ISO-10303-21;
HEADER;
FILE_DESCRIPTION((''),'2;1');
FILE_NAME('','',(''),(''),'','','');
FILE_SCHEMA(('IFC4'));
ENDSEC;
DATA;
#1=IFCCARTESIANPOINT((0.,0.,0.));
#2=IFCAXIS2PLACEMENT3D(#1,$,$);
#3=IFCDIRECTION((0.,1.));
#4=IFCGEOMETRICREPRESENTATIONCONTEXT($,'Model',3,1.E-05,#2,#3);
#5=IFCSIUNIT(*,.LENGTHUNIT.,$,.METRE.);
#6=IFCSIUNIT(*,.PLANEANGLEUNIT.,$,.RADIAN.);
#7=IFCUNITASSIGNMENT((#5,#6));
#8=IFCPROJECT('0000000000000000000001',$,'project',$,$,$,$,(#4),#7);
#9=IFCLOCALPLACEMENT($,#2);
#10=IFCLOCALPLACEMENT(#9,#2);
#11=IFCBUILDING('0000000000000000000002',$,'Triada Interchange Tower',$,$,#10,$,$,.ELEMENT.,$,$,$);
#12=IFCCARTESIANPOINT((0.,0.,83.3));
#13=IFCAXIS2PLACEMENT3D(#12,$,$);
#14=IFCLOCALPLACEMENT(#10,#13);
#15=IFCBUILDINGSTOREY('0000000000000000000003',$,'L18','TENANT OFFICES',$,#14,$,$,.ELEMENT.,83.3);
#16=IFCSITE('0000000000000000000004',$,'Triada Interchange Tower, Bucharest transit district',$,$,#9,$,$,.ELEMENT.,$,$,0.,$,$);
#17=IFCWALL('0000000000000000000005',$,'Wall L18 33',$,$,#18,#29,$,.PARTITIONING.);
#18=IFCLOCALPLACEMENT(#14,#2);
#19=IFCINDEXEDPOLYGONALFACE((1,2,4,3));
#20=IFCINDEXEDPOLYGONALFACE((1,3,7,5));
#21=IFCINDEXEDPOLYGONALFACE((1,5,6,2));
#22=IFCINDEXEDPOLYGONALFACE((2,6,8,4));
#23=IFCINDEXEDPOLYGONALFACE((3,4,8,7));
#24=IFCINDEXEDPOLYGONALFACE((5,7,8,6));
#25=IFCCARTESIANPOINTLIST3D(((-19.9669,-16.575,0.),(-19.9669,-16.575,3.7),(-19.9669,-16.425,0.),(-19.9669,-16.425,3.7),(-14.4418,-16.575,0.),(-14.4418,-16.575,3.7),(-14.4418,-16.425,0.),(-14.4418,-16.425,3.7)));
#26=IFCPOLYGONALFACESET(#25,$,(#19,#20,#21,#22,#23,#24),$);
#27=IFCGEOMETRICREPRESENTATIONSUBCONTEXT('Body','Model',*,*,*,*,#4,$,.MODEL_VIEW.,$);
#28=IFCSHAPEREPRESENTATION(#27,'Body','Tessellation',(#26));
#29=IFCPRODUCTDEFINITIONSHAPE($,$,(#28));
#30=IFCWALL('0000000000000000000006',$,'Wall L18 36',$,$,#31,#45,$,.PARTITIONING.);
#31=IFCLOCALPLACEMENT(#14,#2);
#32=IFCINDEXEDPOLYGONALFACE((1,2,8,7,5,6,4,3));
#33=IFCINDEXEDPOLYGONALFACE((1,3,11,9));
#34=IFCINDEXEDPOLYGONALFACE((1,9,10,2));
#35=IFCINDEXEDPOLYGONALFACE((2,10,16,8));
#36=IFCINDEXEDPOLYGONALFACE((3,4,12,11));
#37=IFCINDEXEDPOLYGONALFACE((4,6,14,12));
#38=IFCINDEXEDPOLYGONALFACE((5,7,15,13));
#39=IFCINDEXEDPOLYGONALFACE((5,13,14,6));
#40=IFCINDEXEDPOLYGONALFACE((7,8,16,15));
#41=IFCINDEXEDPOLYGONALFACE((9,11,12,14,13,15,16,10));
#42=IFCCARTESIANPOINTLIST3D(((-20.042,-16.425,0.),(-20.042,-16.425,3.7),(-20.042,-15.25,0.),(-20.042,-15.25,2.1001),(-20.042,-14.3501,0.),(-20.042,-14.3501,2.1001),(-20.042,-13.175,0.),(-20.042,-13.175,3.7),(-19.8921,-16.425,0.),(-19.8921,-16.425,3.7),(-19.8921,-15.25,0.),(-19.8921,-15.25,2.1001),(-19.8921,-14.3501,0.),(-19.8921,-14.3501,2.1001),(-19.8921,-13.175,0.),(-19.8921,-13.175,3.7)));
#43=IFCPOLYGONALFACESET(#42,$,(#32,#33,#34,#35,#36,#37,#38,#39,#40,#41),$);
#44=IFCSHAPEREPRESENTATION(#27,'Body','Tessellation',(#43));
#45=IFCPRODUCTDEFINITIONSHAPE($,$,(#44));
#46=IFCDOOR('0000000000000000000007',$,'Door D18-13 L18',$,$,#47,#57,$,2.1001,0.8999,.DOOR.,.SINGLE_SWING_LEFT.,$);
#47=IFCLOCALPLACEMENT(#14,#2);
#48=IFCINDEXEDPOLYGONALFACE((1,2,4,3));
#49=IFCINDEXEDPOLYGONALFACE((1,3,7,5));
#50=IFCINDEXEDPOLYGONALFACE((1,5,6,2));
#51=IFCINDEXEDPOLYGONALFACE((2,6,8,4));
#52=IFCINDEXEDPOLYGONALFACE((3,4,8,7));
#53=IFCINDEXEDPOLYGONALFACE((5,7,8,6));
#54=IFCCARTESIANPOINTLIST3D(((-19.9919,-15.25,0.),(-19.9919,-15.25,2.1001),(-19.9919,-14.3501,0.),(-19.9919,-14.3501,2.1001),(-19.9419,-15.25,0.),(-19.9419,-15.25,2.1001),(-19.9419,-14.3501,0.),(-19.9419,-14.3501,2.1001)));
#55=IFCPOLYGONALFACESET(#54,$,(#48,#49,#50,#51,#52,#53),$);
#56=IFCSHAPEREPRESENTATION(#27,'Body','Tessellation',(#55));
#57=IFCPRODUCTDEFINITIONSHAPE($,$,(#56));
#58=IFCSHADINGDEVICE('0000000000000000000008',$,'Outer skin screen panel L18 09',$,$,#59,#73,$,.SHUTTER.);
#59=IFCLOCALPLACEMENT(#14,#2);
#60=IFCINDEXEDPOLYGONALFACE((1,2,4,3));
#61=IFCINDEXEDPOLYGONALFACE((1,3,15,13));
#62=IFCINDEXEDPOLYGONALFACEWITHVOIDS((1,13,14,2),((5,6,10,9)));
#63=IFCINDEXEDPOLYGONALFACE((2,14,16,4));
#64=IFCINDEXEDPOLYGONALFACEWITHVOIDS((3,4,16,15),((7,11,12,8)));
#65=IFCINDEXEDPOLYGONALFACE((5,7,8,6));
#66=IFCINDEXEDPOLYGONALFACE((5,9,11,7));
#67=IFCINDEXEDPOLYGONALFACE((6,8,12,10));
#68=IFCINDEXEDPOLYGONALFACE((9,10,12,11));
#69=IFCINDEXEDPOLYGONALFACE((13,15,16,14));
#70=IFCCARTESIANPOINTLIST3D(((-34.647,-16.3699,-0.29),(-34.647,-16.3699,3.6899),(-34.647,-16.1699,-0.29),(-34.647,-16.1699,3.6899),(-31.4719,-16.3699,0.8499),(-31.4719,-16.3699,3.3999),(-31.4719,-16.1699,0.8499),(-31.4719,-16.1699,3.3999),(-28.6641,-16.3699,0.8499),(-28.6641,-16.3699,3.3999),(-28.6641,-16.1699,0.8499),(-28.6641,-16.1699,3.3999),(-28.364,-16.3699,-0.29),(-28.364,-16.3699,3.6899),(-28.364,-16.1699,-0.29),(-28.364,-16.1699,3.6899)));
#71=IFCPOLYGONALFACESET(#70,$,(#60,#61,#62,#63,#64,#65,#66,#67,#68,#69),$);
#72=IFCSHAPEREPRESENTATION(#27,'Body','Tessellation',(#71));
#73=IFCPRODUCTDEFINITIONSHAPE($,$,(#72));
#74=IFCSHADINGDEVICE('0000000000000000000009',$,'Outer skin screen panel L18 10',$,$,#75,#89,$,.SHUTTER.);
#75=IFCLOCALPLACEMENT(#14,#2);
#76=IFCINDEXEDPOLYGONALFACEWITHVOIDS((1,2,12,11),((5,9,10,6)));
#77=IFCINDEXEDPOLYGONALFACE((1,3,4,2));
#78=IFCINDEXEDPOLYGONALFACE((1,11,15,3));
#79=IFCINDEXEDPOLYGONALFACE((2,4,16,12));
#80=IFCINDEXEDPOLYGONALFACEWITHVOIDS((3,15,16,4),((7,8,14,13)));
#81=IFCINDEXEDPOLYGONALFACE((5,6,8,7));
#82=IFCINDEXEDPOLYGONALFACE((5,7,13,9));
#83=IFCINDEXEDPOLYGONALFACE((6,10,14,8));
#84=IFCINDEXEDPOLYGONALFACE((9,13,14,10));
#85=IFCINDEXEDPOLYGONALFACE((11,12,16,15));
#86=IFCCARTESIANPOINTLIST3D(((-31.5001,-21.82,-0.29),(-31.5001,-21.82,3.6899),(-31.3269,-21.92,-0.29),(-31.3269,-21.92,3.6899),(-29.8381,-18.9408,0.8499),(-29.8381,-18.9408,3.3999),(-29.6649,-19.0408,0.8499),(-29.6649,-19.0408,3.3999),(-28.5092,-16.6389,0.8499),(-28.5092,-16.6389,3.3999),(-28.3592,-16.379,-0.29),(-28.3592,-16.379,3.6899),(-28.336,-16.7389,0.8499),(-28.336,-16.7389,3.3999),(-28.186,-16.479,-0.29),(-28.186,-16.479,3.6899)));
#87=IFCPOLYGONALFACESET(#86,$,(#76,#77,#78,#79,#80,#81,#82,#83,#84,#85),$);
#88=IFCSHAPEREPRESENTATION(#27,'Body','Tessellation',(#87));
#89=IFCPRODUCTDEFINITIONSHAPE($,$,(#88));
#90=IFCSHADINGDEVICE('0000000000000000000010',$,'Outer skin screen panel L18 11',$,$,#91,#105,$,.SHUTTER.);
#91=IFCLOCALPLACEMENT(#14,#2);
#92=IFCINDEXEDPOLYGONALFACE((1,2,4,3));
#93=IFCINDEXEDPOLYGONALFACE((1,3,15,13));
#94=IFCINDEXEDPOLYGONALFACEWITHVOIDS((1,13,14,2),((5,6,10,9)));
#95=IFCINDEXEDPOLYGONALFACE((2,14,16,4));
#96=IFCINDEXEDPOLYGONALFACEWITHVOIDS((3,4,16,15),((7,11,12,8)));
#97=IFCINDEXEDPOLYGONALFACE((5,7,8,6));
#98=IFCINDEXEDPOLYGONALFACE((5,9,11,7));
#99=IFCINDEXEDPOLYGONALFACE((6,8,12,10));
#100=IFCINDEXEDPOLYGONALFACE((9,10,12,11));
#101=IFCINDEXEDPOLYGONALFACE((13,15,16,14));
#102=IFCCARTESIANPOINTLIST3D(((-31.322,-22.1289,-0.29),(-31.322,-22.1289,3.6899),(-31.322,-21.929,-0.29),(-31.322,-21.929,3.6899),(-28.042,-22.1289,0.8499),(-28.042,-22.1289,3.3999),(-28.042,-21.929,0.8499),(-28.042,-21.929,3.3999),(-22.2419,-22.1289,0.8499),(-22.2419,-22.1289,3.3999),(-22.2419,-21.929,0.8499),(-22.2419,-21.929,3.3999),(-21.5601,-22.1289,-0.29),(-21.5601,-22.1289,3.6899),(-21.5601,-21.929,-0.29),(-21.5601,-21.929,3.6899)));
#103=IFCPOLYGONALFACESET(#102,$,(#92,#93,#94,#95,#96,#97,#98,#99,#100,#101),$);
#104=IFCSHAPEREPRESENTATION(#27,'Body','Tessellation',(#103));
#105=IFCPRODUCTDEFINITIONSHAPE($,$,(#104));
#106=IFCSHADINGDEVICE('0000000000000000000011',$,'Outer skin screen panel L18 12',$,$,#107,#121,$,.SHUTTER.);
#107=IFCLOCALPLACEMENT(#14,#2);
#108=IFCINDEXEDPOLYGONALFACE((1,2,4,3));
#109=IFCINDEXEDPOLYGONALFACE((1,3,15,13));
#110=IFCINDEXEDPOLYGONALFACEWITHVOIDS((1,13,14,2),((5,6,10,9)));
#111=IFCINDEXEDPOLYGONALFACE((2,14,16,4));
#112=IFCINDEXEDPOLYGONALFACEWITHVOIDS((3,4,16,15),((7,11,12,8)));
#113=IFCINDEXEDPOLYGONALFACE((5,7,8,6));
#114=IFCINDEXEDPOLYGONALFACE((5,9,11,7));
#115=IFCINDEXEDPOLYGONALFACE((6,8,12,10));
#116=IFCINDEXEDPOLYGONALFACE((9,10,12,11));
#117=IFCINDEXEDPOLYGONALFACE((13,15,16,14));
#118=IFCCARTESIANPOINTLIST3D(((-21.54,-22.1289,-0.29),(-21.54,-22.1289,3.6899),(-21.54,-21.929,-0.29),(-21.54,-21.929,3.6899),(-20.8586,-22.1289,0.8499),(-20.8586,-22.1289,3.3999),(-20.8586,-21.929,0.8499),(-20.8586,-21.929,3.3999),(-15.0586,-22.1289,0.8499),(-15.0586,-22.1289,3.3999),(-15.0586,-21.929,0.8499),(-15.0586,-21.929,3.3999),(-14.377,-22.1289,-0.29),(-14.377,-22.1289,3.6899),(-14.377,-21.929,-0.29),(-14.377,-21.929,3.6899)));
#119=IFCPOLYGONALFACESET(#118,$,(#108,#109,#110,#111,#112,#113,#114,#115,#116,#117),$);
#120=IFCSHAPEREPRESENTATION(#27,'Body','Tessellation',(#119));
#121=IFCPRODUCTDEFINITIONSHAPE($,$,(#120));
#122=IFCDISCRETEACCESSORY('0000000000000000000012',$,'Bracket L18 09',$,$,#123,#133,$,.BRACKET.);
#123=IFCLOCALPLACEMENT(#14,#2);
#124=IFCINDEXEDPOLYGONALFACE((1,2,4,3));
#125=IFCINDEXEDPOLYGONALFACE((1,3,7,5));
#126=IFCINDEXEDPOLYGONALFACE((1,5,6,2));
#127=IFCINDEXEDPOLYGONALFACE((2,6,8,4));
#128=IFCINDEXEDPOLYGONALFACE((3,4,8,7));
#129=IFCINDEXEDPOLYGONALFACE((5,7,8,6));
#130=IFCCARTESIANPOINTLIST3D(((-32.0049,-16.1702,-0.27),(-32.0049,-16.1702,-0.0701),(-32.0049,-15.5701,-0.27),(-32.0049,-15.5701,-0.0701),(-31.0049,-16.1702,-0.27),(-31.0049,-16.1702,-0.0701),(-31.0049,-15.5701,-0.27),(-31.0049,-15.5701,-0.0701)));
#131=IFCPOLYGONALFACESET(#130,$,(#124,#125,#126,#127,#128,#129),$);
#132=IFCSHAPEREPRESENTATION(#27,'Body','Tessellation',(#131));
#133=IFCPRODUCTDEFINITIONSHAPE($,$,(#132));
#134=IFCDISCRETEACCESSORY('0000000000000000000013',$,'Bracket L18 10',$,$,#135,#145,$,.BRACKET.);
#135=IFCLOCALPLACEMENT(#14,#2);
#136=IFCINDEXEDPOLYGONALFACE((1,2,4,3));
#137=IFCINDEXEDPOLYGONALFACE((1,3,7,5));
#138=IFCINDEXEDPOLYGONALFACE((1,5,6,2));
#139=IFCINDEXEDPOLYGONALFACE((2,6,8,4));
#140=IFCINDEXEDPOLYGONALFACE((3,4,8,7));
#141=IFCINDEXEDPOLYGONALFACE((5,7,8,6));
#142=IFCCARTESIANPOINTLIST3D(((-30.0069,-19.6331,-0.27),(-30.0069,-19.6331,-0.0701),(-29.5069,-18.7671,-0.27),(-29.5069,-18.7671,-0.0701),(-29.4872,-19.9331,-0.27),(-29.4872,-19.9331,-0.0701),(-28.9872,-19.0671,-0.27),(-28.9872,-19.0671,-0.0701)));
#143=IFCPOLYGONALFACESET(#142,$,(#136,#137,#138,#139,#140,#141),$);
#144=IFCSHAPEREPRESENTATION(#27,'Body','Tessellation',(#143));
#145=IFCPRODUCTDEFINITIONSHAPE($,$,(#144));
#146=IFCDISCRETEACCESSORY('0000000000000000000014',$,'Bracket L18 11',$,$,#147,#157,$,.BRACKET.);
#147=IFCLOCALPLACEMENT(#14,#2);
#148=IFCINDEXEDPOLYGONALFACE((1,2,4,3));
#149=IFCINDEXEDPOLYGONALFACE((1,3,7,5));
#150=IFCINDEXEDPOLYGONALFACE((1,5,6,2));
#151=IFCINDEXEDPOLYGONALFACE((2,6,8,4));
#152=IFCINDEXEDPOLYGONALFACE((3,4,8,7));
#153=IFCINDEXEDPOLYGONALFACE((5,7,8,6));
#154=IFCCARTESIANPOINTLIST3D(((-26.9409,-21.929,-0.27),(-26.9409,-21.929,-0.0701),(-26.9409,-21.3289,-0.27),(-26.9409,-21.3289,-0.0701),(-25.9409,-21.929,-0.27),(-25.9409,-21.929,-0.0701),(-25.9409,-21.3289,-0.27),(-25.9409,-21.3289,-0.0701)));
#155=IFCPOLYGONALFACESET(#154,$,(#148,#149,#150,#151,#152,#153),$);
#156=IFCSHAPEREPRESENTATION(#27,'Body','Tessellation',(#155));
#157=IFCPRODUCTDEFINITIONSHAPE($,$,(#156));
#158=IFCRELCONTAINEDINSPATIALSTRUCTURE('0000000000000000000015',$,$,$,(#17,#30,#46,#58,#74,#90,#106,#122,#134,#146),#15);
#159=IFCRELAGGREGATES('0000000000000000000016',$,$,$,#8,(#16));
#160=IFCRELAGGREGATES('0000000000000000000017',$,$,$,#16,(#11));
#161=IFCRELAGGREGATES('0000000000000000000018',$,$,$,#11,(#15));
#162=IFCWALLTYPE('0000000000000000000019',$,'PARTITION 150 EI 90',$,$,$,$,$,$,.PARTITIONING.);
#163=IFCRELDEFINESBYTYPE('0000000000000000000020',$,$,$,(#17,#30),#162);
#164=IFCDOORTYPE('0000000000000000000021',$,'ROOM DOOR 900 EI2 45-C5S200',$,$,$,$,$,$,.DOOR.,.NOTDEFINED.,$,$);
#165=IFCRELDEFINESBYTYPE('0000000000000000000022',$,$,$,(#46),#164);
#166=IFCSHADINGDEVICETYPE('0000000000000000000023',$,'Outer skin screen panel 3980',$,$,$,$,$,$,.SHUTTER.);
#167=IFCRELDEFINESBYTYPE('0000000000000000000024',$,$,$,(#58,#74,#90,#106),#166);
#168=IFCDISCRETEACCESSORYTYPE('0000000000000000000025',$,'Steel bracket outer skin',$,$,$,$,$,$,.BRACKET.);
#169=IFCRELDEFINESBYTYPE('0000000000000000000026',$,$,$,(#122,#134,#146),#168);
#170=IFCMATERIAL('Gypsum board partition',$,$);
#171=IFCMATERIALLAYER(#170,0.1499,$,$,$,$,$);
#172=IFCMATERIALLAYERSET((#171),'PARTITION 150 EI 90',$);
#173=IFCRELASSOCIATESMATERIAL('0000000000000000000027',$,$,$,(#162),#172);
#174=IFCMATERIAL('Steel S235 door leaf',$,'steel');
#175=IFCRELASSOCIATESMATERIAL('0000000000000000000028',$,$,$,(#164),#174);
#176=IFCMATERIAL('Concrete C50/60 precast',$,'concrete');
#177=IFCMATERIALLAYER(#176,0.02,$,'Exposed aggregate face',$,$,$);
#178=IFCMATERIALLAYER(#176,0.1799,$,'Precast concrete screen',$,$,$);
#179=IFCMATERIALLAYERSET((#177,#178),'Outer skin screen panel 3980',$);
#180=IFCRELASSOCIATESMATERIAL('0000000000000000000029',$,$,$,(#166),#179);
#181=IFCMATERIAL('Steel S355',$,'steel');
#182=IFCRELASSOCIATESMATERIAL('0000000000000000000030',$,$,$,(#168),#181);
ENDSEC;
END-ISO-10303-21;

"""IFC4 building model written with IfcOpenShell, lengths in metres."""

from ifc_helpers import new_model, si_unit, direction, frame, frame_2d, origin, origin_2d, place, context, subcontext, project, spatial, polyline, rectangle, outline, extrude, material, layer, layer_set, type_object, element, fill, save


model = new_model("IFC4")

# Units and contexts
model_context = context("Model", 3, precision=1e-05, world=origin(), true_north=direction((0.0, 1.0)))
body_context = subcontext(model_context, "Body", "Model", "MODEL_VIEW")
ifc_project = project(units=[si_unit("LENGTHUNIT", "METRE"), si_unit("PLANEANGLEUNIT", "RADIAN")], contexts=[model_context])

# Site, building, storey
site_placement = place(None, origin())
site = spatial("IfcSite", under=ifc_project, at=site_placement, Name="Triada Interchange Tower, Bucharest transit district", CompositionType="ELEMENT", RefElevation=0.0)
building_placement = place(site_placement, origin())
building = spatial("IfcBuilding", under=site, at=building_placement, Name="Triada Interchange Tower", CompositionType="ELEMENT")
storey_placement = place(building_placement, frame((0.0, 0.0, 83.3)))
storey = spatial("IfcBuildingStorey", under=building, at=storey_placement, Name="L18", Description="TENANT OFFICES", CompositionType="ELEMENT", Elevation=83.3)

# Wall
ifc_material_1 = material(Name="Gypsum board partition")
ifc_layer_1 = layer(ifc_material_1, 0.1499)
ifc_layer_set_1 = layer_set([ifc_layer_1], Name="PARTITION 150 EI 90")
wall_type_1 = type_object("IfcWallType", Name="PARTITION 150 EI 90", PredefinedType="PARTITIONING", material=ifc_layer_set_1)
wall_1_placement = place(storey_placement, frame((-19.967, -16.5, 0.0), z_axis=(0.0, 0.0, 1.0), x_axis=(1.0, 0.0, 0.0)))
element("IfcWall", 1, at=wall_1_placement, inside=storey, type_object=wall_type_1, Name="Wall L18 33", PredefinedType="PARTITIONING", context=body_context, shape_type="SweptSolid", body=[
    extrude(rectangle(XDim=5.5251, YDim=0.1499, at=frame_2d((2.7627, 0.0))), origin(), (0.0, 0.0, 1.0), 3.7),
])

# Wall, opening, door
wall_2_placement = place(storey_placement, frame((-19.967, -16.425, 0.0), z_axis=(0.0, 0.0, 1.0), x_axis=(0.0, 1.0, 0.0)))
wall_2 = element("IfcWall", 2, at=wall_2_placement, inside=storey, type_object=wall_type_1, Name="Wall L18 36", PredefinedType="PARTITIONING", context=body_context, shape_type="SweptSolid", body=[
    extrude(rectangle(XDim=3.25, YDim=0.1499, at=frame_2d((1.625, 0.0))), origin(), (0.0, 0.0, 1.0), 3.7),
])
opening_1_placement = place(wall_2_placement, frame((1.175, 0.0, 0.0)))
opening_1 = element("IfcOpeningElement", 3, at=opening_1_placement, cuts=wall_2, PredefinedType="OPENING", context=body_context, shape_type="SweptSolid", body=[
    extrude(rectangle(XDim=0.8999, YDim=2.1001, at=frame_2d((0.45, 1.05))), frame((0.0, 0.085, 0.0), z_axis=(0.0, -1.0, 0.0), x_axis=(1.0, 0.0, 0.0)), (0.0, 0.0, 1.0), 0.1699),
])
ifc_material_2 = material(Name="Steel S235 door leaf", Category="steel")
door_type = type_object("IfcDoorType", Name="ROOM DOOR 900 EI2 45-C5S200", OperationType="NOTDEFINED", PredefinedType="DOOR", material=ifc_material_2)
door_placement = place(opening_1_placement, origin())
door = element("IfcDoor", 4, at=door_placement, inside=storey, type_object=door_type, Name="Door D18-13 L18", OperationType="SINGLE_SWING_LEFT", OverallHeight=2.1001, OverallWidth=0.8999, PredefinedType="DOOR", context=body_context, shape_type="SweptSolid", body=[
    extrude(rectangle(XDim=0.8999, YDim=2.1001, at=frame_2d((0.45, 1.05))), frame((0.0, 0.0249, 0.0), z_axis=(0.0, -1.0, 0.0), x_axis=(1.0, 0.0, 0.0)), (0.0, 0.0, 1.0), 0.05),
])
fill(opening_1, door)

# Shading devices
ifc_material_3 = material(Name="Concrete C50/60 precast", Category="concrete")
ifc_layer_2 = layer(ifc_material_3, 0.02, Name="Exposed aggregate face")
ifc_layer_3 = layer(ifc_material_3, 0.1799, Name="Precast concrete screen")
ifc_layer_set_2 = layer_set([ifc_layer_2, ifc_layer_3], Name="Outer skin screen panel 3980")
shading_device_type = type_object("IfcShadingDeviceType", Name="Outer skin screen panel 3980", PredefinedType="SHUTTER", material=ifc_layer_set_2)
shading_device_1_placement = place(storey_placement, frame((-34.647, -16.1699, -0.29), z_axis=(0.0, 0.0, 1.0), x_axis=(1.0, 0.0, 0.0)))
element("IfcShadingDevice", 5, at=shading_device_1_placement, inside=storey, type_object=shading_device_type, Name="Outer skin screen panel L18 09", PredefinedType="SHUTTER", context=body_context, shape_type="SweptSolid", body=[
    extrude(outline(polyline([(0.0, 0.0), (6.283, 0.0), (6.283, 3.98), (0.0, 3.98), (0.0, 0.0)]), holes=[polyline([(3.175, 1.1399), (3.175, 3.6899), (5.9829, 3.6899), (5.9829, 1.1399), (3.175, 1.1399)])]), frame((0.0, 0.0, 0.0), z_axis=(0.0, -1.0, 0.0), x_axis=(1.0, 0.0, 0.0)), (0.0, 0.0, 1.0), 0.2),
])
shading_device_2_placement = place(storey_placement, frame((-28.186, -16.479, -0.29), z_axis=(0.0, 0.0, 1.0), x_axis=(-0.499947, -0.866056, 0.0)))
element("IfcShadingDevice", 6, at=shading_device_2_placement, inside=storey, type_object=shading_device_type, Name="Outer skin screen panel L18 10", PredefinedType="SHUTTER", context=body_context, shape_type="SweptSolid", body=[
    extrude(outline(polyline([(0.0, 0.0), (6.2825, 0.0), (6.2825, 3.98), (0.0, 3.98), (0.0, 0.0)]), holes=[polyline([(0.3, 1.1399), (0.3, 3.6899), (2.958, 3.6899), (2.958, 1.1399), (0.3, 1.1399)])]), frame((0.0, 0.0, 0.0), z_axis=(0.0, -1.0, 0.0), x_axis=(1.0, 0.0, 0.0)), (0.0, 0.0, 1.0), 0.2),
])
shading_device_3_placement = place(storey_placement, frame((-31.322, -21.929, -0.29), z_axis=(0.0, 0.0, 1.0), x_axis=(1.0, 0.0, 0.0)))
element("IfcShadingDevice", 7, at=shading_device_3_placement, inside=storey, type_object=shading_device_type, Name="Outer skin screen panel L18 11", PredefinedType="SHUTTER", context=body_context, shape_type="SweptSolid", body=[
    extrude(outline(polyline([(0.0, 0.0), (9.762, 0.0), (9.762, 3.98), (0.0, 3.98), (0.0, 0.0)]), holes=[polyline([(3.28, 1.1399), (3.28, 3.6899), (9.0801, 3.6899), (9.0801, 1.1399), (3.28, 1.1399)])]), frame((0.0, 0.0, 0.0), z_axis=(0.0, -1.0, 0.0), x_axis=(1.0, 0.0, 0.0)), (0.0, 0.0, 1.0), 0.2),
])
shading_device_4_placement = place(storey_placement, frame((-21.54, -21.929, -0.29), z_axis=(0.0, 0.0, 1.0), x_axis=(1.0, 0.0, 0.0)))
element("IfcShadingDevice", 8, at=shading_device_4_placement, inside=storey, type_object=shading_device_type, Name="Outer skin screen panel L18 12", PredefinedType="SHUTTER", context=body_context, shape_type="SweptSolid", body=[
    extrude(outline(polyline([(0.0, 0.0), (7.1631, 0.0), (7.1631, 3.98), (0.0, 3.98), (0.0, 0.0)]), holes=[polyline([(0.6814, 1.1399), (0.6814, 3.6899), (6.4814, 3.6899), (6.4814, 1.1399), (0.6814, 1.1399)])]), frame((0.0, 0.0, 0.0), z_axis=(0.0, -1.0, 0.0), x_axis=(1.0, 0.0, 0.0)), (0.0, 0.0, 1.0), 0.2),
])

# Discrete accessories
ifc_material_4 = material(Name="Steel S355", Category="steel")
discrete_accessory_type = type_object("IfcDiscreteAccessoryType", Name="Steel bracket outer skin", PredefinedType="BRACKET", material=ifc_material_4)
for number, where, z_axis, x_axis, name in (
    (9, (-31.5049, -15.8701, -0.27), (0.0, 0.0, 1.0), (0.0, -1.0, 0.0), "Bracket L18 09"),
    (10, (-29.4971, -19.3501, -0.27), (0.0, 0.0, 1.0), (-0.866023, 0.500004, 0.0), "Bracket L18 10"),
    (11, (-26.4409, -21.6289, -0.27), (0.0, 0.0, 1.0), (0.0, -1.0, 0.0), "Bracket L18 11"),
):
    element("IfcDiscreteAccessory", number, at=place(storey_placement, frame(where, z_axis=z_axis, x_axis=x_axis)), inside=storey, type_object=discrete_accessory_type, Name=name, PredefinedType="BRACKET", context=body_context, shape_type="SweptSolid", body=[
        extrude(rectangle(XDim=0.6001, YDim=1.0, at=origin_2d()), origin(), (0.0, 0.0, 1.0), 0.2),
    ])

save(model, "model.ifc")
